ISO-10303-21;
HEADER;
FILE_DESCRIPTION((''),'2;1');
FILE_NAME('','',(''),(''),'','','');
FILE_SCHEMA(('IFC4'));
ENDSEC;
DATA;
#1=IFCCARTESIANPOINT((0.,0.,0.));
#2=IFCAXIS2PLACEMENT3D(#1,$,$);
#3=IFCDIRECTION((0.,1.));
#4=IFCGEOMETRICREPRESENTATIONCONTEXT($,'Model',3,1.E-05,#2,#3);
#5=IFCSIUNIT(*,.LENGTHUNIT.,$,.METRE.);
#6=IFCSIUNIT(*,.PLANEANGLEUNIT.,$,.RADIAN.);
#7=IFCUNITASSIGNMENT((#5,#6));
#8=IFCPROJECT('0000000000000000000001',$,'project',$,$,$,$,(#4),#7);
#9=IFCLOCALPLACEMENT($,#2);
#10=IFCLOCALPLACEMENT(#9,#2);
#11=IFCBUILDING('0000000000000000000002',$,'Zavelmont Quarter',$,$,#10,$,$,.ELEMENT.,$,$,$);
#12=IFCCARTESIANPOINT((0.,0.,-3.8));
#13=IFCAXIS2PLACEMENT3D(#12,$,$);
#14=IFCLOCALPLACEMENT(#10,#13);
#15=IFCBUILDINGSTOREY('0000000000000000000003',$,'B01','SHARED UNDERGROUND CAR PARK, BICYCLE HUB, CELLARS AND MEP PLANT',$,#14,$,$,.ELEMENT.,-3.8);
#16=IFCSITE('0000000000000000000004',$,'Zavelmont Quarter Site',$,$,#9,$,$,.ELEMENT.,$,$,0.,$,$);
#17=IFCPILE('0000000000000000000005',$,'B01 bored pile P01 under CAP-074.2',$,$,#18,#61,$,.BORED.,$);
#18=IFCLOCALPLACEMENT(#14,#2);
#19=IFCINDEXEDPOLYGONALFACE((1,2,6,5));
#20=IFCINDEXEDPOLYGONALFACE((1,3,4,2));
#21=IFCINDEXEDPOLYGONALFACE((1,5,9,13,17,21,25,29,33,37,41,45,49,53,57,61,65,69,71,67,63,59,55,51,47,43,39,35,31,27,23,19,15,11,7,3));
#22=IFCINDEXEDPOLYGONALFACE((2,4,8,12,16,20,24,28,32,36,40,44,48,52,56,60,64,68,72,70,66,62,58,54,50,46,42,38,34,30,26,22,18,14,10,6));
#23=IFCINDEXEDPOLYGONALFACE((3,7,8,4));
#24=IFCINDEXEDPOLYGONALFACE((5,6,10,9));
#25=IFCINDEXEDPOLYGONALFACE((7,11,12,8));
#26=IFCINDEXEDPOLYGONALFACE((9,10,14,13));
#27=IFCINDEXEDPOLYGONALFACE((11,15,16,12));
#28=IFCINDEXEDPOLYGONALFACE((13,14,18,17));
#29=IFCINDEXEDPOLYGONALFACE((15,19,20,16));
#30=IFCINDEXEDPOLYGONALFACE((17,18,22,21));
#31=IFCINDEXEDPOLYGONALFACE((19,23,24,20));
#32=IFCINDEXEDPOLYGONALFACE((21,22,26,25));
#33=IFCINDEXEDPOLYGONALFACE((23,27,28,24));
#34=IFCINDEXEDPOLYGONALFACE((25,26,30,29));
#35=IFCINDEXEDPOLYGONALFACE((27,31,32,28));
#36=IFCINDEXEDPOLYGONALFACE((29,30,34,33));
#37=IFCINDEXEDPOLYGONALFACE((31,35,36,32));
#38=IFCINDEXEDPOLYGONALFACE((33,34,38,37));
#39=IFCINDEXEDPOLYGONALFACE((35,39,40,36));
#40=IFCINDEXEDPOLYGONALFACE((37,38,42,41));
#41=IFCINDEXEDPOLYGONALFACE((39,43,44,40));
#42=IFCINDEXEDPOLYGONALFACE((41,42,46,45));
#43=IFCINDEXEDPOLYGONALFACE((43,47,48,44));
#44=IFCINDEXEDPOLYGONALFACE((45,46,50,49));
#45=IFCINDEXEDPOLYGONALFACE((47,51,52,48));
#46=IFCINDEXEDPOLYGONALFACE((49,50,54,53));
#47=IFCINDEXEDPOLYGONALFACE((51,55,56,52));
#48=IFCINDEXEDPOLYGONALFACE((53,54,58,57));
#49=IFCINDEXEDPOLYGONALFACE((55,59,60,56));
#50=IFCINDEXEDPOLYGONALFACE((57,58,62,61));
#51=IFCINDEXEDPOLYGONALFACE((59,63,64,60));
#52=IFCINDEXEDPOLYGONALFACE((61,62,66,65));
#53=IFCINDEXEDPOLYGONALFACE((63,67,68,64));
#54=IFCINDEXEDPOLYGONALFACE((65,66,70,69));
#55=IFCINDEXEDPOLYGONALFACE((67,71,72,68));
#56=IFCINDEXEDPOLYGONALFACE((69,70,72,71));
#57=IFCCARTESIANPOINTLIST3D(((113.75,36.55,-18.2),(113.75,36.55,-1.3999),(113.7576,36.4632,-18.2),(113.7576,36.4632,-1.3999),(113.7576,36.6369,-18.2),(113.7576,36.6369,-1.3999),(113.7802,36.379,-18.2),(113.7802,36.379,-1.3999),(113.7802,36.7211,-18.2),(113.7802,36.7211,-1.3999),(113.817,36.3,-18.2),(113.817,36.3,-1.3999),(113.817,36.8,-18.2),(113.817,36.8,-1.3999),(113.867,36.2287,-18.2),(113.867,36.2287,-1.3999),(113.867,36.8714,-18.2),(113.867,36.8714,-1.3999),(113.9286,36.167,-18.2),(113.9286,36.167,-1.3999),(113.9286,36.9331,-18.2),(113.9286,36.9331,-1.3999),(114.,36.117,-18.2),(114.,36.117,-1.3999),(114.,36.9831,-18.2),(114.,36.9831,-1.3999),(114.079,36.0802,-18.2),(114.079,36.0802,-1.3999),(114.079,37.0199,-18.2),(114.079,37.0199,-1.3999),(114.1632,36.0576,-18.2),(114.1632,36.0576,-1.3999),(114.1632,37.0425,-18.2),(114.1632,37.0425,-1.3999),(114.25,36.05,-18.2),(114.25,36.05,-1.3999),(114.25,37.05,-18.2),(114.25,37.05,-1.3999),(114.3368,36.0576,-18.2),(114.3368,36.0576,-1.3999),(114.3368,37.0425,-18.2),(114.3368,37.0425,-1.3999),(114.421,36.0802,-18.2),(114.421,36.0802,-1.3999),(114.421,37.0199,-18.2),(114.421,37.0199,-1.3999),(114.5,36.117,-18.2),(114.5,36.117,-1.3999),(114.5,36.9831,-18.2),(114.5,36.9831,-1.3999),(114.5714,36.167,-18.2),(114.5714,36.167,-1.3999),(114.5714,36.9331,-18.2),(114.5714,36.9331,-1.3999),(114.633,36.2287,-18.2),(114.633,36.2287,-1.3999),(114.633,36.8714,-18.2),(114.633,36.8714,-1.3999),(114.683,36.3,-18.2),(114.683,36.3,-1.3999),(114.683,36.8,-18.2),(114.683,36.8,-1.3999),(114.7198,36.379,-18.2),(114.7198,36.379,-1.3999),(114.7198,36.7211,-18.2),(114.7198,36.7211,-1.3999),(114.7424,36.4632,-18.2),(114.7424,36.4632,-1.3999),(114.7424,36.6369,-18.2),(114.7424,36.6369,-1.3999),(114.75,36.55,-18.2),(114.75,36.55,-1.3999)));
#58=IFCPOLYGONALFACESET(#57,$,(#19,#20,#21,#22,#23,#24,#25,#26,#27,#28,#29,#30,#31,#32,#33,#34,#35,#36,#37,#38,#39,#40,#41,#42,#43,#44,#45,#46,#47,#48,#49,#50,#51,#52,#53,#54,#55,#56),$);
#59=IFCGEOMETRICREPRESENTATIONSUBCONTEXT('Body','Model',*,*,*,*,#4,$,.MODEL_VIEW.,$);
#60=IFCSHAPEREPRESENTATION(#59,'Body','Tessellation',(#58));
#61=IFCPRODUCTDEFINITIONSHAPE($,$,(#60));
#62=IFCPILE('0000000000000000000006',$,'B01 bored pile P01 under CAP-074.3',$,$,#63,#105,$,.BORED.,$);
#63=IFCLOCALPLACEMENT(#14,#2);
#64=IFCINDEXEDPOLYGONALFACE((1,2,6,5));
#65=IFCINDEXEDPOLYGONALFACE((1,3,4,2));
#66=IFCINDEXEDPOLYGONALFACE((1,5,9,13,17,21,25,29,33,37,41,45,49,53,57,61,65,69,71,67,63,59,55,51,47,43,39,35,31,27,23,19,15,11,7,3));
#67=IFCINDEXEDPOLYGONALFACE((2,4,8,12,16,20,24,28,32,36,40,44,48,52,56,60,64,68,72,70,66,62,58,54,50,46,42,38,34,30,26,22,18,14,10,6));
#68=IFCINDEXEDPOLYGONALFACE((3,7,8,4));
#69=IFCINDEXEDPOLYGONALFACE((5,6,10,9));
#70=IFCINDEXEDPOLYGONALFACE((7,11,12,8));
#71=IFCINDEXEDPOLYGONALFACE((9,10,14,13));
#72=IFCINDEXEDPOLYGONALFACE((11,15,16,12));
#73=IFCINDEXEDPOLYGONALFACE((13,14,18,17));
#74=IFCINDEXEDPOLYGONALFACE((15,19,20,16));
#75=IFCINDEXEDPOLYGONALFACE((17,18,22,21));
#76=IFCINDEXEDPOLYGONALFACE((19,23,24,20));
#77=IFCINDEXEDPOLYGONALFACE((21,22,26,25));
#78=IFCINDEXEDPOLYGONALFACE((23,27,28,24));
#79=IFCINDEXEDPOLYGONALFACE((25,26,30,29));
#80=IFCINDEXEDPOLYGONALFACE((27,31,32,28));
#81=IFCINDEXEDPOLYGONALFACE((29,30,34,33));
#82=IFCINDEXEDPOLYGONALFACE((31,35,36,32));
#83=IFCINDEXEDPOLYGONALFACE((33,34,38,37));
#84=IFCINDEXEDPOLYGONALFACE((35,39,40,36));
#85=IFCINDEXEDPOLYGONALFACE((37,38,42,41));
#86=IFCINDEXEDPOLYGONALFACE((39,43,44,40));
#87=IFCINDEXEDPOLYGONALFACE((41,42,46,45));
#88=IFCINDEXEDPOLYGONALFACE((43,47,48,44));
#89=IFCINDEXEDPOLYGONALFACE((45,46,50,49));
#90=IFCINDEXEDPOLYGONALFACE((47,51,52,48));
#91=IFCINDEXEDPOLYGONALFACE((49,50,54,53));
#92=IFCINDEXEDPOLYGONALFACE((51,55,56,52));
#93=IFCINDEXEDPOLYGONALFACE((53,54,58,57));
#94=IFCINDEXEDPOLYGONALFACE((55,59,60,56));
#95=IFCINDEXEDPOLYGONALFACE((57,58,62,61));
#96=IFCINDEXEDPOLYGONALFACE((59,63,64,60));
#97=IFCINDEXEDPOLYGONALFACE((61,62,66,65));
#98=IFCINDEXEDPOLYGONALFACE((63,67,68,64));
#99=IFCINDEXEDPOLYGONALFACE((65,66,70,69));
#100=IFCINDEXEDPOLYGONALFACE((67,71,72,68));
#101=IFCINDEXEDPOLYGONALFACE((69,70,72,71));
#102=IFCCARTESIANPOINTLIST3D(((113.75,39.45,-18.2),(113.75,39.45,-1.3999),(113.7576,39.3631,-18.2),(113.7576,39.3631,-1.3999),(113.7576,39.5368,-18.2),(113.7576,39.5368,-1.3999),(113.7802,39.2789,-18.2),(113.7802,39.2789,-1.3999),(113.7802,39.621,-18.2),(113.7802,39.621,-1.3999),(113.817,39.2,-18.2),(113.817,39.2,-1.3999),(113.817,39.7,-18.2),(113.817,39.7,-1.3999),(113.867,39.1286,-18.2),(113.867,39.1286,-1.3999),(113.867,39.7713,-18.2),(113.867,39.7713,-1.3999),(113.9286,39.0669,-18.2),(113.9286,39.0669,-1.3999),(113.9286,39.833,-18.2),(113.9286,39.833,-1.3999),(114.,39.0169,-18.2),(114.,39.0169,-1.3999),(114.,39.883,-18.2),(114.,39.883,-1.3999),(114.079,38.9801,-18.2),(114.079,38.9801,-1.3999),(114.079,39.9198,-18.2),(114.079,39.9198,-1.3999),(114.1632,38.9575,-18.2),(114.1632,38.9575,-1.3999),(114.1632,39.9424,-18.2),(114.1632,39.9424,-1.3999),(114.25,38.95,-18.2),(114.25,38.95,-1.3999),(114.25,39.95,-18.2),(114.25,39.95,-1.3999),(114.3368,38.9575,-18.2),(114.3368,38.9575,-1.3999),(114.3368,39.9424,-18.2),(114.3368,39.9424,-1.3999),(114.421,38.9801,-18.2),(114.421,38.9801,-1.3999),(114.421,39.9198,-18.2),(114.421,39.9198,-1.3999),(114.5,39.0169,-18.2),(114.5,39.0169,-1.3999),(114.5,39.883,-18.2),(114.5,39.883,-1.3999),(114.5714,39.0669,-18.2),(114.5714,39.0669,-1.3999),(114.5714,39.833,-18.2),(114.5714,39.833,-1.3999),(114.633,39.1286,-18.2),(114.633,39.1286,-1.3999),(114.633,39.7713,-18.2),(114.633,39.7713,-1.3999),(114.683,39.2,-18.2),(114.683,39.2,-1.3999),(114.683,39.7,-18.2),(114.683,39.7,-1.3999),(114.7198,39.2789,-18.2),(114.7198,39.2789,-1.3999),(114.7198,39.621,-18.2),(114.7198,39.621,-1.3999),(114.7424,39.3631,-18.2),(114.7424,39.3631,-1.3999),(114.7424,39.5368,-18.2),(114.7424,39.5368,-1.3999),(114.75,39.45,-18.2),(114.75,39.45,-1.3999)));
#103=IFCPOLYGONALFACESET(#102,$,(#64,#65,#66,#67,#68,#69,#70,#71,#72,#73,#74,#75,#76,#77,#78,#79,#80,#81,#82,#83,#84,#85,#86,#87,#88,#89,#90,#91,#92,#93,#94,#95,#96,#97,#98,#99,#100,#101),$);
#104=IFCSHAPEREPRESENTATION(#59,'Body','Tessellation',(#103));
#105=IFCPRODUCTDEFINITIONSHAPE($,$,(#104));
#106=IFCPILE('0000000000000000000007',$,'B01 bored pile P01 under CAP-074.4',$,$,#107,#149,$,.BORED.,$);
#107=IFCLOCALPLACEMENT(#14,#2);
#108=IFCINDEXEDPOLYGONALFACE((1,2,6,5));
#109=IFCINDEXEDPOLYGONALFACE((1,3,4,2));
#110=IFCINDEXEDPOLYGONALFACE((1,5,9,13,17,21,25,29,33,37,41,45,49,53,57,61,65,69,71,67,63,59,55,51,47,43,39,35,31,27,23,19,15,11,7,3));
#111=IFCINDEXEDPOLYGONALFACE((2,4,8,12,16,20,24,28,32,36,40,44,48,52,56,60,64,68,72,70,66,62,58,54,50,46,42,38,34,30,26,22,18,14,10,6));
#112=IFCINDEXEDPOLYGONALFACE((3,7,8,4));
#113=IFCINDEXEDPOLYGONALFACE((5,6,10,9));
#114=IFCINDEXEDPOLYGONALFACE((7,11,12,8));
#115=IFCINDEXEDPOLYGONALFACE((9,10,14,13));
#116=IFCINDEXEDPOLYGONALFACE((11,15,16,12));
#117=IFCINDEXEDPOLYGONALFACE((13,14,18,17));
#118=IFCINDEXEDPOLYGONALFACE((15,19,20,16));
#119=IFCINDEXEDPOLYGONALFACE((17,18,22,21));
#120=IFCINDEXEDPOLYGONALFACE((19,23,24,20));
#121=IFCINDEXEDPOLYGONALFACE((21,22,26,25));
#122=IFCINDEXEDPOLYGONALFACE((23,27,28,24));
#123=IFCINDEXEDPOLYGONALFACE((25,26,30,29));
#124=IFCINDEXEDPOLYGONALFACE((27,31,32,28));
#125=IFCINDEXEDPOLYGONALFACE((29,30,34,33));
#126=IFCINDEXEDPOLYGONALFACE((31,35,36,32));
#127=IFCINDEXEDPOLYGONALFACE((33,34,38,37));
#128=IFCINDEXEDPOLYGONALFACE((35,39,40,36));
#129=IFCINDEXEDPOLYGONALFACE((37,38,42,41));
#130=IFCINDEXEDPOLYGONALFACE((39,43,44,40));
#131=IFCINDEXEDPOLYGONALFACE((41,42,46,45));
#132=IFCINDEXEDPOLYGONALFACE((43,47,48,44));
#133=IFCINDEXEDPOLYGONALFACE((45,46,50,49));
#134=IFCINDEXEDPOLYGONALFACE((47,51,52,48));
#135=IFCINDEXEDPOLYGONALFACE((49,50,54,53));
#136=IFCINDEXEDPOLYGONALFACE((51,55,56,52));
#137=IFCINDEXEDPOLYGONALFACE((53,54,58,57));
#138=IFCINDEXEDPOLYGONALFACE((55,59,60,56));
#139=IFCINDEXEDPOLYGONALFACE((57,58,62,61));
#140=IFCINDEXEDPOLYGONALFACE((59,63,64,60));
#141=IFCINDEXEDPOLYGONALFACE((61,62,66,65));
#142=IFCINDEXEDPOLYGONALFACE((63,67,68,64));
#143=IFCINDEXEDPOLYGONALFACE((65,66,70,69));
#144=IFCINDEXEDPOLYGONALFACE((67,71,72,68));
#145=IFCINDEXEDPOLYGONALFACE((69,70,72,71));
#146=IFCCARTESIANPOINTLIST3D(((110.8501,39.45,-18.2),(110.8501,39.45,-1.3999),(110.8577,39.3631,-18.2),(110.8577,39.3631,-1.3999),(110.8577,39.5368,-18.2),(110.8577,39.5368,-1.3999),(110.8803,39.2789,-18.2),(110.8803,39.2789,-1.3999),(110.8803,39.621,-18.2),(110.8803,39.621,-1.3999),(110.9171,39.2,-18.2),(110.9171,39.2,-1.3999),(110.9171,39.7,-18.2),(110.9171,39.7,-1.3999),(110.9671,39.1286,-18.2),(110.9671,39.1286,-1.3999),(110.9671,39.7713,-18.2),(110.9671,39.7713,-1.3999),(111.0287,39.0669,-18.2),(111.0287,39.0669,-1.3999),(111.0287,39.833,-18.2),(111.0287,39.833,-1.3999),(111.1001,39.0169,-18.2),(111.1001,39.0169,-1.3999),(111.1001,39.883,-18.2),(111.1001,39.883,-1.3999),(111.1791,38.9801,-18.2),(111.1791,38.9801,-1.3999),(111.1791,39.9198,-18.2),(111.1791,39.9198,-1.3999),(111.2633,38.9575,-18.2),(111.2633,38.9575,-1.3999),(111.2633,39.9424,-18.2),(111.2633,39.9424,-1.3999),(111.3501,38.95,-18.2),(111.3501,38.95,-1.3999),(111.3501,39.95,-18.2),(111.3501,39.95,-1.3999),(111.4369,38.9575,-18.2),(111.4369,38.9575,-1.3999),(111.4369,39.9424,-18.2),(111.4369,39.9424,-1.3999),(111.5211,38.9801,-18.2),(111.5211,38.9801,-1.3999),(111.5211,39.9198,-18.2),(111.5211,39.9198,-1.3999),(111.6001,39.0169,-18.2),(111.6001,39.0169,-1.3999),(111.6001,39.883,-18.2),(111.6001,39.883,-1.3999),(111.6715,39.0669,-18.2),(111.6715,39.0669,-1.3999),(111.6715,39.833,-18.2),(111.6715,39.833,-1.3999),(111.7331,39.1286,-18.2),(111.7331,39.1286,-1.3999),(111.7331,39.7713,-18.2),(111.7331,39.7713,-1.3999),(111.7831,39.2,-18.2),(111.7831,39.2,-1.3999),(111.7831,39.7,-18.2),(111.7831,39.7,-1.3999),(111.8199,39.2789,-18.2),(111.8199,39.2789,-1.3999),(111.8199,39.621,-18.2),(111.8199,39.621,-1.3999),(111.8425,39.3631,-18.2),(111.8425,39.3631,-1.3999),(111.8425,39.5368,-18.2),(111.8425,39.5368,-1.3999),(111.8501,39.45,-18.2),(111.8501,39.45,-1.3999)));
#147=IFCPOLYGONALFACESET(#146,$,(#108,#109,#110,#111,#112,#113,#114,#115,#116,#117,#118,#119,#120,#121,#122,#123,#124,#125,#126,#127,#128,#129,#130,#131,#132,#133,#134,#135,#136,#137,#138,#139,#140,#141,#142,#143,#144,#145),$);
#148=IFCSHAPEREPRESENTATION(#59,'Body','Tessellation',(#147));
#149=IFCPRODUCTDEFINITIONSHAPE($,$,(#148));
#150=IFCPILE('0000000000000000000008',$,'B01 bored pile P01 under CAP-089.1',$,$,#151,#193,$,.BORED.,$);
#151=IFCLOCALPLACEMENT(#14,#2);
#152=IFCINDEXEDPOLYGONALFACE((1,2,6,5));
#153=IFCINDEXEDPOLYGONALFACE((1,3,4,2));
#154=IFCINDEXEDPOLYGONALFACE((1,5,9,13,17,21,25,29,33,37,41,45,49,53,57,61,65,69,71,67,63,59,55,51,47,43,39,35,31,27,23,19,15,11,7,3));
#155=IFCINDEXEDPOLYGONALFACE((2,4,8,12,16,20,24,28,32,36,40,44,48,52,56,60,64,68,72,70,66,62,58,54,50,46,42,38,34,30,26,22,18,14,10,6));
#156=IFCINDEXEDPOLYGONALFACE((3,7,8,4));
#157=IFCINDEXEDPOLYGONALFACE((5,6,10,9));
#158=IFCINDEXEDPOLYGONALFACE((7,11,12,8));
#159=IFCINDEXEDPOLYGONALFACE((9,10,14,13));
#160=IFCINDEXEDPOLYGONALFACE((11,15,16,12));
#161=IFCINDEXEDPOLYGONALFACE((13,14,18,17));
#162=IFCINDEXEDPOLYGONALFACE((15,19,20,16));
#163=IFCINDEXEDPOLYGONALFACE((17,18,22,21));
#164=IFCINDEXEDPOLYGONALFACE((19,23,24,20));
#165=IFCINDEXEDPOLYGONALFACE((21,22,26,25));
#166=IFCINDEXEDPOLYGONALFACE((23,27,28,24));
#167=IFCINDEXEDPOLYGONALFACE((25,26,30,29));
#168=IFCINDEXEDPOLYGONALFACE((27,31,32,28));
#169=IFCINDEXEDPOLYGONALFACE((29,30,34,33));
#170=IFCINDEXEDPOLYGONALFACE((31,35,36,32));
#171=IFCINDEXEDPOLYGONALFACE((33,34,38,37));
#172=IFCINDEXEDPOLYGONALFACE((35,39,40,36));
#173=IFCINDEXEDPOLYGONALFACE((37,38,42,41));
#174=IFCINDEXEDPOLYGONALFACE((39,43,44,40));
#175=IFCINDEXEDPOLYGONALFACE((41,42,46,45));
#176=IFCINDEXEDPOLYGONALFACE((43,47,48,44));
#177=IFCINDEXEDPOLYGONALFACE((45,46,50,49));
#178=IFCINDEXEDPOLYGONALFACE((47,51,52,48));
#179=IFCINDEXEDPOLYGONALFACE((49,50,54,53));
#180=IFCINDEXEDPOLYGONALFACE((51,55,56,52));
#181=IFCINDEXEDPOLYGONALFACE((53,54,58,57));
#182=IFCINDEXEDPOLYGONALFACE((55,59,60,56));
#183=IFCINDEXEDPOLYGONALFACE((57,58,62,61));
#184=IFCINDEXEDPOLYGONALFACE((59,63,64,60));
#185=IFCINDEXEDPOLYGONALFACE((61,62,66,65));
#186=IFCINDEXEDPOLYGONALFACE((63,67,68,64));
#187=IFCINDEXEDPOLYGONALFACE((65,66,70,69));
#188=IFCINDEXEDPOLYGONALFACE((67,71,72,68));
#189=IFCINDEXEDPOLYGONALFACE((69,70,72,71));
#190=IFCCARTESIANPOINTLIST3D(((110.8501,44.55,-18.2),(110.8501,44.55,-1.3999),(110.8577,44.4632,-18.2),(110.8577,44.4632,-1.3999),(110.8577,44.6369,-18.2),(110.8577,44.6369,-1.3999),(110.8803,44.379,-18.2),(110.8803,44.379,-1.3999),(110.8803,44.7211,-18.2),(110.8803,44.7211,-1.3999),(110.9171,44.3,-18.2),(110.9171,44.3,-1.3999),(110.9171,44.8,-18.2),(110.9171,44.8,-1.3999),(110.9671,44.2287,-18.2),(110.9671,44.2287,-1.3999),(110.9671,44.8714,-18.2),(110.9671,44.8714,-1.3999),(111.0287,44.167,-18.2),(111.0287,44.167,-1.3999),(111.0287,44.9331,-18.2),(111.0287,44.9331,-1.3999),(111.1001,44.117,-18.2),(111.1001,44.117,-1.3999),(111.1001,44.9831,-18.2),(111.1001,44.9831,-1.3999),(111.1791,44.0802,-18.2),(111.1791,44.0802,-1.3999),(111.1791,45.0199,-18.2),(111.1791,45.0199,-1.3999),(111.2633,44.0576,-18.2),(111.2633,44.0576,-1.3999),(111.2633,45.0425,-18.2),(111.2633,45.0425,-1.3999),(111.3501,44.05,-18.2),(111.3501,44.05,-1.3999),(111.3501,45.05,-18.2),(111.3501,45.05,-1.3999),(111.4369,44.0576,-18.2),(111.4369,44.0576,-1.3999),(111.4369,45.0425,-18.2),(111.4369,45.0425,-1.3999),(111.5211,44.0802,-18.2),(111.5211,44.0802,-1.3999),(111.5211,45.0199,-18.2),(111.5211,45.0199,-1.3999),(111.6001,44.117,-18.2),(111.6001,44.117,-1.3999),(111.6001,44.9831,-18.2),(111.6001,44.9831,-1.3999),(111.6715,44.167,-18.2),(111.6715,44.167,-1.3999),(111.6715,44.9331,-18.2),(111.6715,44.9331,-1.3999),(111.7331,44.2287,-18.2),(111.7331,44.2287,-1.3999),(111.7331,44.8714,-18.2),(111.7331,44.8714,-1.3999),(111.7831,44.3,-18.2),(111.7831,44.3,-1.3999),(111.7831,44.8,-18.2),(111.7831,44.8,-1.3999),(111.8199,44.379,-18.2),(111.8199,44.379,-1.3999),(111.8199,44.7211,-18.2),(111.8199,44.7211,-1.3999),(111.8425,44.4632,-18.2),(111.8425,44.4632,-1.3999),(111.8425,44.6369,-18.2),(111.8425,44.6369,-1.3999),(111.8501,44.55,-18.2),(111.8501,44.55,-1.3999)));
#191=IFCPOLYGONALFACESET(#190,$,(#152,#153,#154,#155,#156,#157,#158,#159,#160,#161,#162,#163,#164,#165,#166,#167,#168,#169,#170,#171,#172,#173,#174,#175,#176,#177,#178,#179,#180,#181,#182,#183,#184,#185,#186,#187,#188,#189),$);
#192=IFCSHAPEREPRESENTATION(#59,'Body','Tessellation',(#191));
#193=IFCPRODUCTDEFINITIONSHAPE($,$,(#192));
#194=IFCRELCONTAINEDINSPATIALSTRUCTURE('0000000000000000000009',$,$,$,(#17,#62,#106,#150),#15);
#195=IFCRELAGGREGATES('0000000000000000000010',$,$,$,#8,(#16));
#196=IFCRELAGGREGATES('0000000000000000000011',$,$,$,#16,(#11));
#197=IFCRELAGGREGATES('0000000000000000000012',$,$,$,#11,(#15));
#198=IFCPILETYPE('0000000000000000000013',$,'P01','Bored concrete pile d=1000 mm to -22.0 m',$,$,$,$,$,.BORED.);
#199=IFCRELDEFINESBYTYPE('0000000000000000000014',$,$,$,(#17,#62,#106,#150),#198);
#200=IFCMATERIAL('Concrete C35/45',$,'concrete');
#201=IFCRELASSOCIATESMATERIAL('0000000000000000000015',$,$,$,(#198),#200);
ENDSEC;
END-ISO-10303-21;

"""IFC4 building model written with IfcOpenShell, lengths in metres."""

from ifc_helpers import new_model, si_unit, direction, frame, origin, origin_2d, place, context, subcontext, project, spatial, circle, extrude, material, material_profile, profile_set, type_object, element, save


model = new_model("IFC4")

# Units and contexts
model_context = context("Model", 3, precision=1e-05, world=origin(), true_north=direction((0.0, 1.0)))
body_context = subcontext(model_context, "Body", "Model", "MODEL_VIEW")
ifc_project = project(units=[si_unit("LENGTHUNIT", "METRE"), si_unit("PLANEANGLEUNIT", "RADIAN")], contexts=[model_context])

# Site, building, storey
site_placement = place(None, origin())
site = spatial("IfcSite", under=ifc_project, at=site_placement, Name="Zavelmont Quarter Site", CompositionType="ELEMENT", RefElevation=0.0)
building_placement = place(site_placement, origin())
building = spatial("IfcBuilding", under=site, at=building_placement, Name="Zavelmont Quarter", CompositionType="ELEMENT")
storey_placement = place(building_placement, frame((0.0, 0.0, -3.8)))
storey = spatial("IfcBuildingStorey", under=building, at=storey_placement, Name="B01", Description="SHARED UNDERGROUND CAR PARK, BICYCLE HUB, CELLARS AND MEP PLANT", CompositionType="ELEMENT", Elevation=-3.8)

# Shared definitions
ifc_material_1 = material(Name="Concrete C35/45", Category="concrete")

# Piles
ifc_material_profile_1 = material_profile(ifc_material_1, circle(Radius=0.5, at=origin_2d()), Name="BP1000")
ifc_profile_set_1 = profile_set([ifc_material_profile_1], Name="Concrete C35/45")
pile_type_1 = type_object("IfcPileType", Name="P01", Description="Bored concrete pile d=1000 mm to -22.0 m", PredefinedType="BORED", material=ifc_profile_set_1)
for number, where, z_axis, x_axis, name in (
    (1, (114.25, 36.55, -1.3999), (0.0, 0.0, -1.0), (1.0, 0.0, 0.0), "B01 bored pile P01 under CAP-074.2"),
    (2, (114.25, 39.45, -1.3999), (0.0, 0.0, -1.0), (1.0, 0.0, 0.0), "B01 bored pile P01 under CAP-074.3"),
    (3, (111.3501, 39.45, -1.3999), (0.0, 0.0, -1.0), (1.0, 0.0, 0.0), "B01 bored pile P01 under CAP-074.4"),
    (4, (111.3501, 44.55, -1.3999), (0.0, 0.0, -1.0), (1.0, 0.0, 0.0), "B01 bored pile P01 under CAP-089.1"),
):
    element("IfcPile", number, at=place(storey_placement, frame(where, z_axis=z_axis, x_axis=x_axis)), inside=storey, type_object=pile_type_1, Name=name, PredefinedType="BORED", context=body_context, shape_type="SweptSolid", body=[
        extrude(circle(Radius=0.5, at=origin_2d()), origin(), (0.0, 0.0, 1.0), 16.8),
    ])

save(model, "model.ifc")
